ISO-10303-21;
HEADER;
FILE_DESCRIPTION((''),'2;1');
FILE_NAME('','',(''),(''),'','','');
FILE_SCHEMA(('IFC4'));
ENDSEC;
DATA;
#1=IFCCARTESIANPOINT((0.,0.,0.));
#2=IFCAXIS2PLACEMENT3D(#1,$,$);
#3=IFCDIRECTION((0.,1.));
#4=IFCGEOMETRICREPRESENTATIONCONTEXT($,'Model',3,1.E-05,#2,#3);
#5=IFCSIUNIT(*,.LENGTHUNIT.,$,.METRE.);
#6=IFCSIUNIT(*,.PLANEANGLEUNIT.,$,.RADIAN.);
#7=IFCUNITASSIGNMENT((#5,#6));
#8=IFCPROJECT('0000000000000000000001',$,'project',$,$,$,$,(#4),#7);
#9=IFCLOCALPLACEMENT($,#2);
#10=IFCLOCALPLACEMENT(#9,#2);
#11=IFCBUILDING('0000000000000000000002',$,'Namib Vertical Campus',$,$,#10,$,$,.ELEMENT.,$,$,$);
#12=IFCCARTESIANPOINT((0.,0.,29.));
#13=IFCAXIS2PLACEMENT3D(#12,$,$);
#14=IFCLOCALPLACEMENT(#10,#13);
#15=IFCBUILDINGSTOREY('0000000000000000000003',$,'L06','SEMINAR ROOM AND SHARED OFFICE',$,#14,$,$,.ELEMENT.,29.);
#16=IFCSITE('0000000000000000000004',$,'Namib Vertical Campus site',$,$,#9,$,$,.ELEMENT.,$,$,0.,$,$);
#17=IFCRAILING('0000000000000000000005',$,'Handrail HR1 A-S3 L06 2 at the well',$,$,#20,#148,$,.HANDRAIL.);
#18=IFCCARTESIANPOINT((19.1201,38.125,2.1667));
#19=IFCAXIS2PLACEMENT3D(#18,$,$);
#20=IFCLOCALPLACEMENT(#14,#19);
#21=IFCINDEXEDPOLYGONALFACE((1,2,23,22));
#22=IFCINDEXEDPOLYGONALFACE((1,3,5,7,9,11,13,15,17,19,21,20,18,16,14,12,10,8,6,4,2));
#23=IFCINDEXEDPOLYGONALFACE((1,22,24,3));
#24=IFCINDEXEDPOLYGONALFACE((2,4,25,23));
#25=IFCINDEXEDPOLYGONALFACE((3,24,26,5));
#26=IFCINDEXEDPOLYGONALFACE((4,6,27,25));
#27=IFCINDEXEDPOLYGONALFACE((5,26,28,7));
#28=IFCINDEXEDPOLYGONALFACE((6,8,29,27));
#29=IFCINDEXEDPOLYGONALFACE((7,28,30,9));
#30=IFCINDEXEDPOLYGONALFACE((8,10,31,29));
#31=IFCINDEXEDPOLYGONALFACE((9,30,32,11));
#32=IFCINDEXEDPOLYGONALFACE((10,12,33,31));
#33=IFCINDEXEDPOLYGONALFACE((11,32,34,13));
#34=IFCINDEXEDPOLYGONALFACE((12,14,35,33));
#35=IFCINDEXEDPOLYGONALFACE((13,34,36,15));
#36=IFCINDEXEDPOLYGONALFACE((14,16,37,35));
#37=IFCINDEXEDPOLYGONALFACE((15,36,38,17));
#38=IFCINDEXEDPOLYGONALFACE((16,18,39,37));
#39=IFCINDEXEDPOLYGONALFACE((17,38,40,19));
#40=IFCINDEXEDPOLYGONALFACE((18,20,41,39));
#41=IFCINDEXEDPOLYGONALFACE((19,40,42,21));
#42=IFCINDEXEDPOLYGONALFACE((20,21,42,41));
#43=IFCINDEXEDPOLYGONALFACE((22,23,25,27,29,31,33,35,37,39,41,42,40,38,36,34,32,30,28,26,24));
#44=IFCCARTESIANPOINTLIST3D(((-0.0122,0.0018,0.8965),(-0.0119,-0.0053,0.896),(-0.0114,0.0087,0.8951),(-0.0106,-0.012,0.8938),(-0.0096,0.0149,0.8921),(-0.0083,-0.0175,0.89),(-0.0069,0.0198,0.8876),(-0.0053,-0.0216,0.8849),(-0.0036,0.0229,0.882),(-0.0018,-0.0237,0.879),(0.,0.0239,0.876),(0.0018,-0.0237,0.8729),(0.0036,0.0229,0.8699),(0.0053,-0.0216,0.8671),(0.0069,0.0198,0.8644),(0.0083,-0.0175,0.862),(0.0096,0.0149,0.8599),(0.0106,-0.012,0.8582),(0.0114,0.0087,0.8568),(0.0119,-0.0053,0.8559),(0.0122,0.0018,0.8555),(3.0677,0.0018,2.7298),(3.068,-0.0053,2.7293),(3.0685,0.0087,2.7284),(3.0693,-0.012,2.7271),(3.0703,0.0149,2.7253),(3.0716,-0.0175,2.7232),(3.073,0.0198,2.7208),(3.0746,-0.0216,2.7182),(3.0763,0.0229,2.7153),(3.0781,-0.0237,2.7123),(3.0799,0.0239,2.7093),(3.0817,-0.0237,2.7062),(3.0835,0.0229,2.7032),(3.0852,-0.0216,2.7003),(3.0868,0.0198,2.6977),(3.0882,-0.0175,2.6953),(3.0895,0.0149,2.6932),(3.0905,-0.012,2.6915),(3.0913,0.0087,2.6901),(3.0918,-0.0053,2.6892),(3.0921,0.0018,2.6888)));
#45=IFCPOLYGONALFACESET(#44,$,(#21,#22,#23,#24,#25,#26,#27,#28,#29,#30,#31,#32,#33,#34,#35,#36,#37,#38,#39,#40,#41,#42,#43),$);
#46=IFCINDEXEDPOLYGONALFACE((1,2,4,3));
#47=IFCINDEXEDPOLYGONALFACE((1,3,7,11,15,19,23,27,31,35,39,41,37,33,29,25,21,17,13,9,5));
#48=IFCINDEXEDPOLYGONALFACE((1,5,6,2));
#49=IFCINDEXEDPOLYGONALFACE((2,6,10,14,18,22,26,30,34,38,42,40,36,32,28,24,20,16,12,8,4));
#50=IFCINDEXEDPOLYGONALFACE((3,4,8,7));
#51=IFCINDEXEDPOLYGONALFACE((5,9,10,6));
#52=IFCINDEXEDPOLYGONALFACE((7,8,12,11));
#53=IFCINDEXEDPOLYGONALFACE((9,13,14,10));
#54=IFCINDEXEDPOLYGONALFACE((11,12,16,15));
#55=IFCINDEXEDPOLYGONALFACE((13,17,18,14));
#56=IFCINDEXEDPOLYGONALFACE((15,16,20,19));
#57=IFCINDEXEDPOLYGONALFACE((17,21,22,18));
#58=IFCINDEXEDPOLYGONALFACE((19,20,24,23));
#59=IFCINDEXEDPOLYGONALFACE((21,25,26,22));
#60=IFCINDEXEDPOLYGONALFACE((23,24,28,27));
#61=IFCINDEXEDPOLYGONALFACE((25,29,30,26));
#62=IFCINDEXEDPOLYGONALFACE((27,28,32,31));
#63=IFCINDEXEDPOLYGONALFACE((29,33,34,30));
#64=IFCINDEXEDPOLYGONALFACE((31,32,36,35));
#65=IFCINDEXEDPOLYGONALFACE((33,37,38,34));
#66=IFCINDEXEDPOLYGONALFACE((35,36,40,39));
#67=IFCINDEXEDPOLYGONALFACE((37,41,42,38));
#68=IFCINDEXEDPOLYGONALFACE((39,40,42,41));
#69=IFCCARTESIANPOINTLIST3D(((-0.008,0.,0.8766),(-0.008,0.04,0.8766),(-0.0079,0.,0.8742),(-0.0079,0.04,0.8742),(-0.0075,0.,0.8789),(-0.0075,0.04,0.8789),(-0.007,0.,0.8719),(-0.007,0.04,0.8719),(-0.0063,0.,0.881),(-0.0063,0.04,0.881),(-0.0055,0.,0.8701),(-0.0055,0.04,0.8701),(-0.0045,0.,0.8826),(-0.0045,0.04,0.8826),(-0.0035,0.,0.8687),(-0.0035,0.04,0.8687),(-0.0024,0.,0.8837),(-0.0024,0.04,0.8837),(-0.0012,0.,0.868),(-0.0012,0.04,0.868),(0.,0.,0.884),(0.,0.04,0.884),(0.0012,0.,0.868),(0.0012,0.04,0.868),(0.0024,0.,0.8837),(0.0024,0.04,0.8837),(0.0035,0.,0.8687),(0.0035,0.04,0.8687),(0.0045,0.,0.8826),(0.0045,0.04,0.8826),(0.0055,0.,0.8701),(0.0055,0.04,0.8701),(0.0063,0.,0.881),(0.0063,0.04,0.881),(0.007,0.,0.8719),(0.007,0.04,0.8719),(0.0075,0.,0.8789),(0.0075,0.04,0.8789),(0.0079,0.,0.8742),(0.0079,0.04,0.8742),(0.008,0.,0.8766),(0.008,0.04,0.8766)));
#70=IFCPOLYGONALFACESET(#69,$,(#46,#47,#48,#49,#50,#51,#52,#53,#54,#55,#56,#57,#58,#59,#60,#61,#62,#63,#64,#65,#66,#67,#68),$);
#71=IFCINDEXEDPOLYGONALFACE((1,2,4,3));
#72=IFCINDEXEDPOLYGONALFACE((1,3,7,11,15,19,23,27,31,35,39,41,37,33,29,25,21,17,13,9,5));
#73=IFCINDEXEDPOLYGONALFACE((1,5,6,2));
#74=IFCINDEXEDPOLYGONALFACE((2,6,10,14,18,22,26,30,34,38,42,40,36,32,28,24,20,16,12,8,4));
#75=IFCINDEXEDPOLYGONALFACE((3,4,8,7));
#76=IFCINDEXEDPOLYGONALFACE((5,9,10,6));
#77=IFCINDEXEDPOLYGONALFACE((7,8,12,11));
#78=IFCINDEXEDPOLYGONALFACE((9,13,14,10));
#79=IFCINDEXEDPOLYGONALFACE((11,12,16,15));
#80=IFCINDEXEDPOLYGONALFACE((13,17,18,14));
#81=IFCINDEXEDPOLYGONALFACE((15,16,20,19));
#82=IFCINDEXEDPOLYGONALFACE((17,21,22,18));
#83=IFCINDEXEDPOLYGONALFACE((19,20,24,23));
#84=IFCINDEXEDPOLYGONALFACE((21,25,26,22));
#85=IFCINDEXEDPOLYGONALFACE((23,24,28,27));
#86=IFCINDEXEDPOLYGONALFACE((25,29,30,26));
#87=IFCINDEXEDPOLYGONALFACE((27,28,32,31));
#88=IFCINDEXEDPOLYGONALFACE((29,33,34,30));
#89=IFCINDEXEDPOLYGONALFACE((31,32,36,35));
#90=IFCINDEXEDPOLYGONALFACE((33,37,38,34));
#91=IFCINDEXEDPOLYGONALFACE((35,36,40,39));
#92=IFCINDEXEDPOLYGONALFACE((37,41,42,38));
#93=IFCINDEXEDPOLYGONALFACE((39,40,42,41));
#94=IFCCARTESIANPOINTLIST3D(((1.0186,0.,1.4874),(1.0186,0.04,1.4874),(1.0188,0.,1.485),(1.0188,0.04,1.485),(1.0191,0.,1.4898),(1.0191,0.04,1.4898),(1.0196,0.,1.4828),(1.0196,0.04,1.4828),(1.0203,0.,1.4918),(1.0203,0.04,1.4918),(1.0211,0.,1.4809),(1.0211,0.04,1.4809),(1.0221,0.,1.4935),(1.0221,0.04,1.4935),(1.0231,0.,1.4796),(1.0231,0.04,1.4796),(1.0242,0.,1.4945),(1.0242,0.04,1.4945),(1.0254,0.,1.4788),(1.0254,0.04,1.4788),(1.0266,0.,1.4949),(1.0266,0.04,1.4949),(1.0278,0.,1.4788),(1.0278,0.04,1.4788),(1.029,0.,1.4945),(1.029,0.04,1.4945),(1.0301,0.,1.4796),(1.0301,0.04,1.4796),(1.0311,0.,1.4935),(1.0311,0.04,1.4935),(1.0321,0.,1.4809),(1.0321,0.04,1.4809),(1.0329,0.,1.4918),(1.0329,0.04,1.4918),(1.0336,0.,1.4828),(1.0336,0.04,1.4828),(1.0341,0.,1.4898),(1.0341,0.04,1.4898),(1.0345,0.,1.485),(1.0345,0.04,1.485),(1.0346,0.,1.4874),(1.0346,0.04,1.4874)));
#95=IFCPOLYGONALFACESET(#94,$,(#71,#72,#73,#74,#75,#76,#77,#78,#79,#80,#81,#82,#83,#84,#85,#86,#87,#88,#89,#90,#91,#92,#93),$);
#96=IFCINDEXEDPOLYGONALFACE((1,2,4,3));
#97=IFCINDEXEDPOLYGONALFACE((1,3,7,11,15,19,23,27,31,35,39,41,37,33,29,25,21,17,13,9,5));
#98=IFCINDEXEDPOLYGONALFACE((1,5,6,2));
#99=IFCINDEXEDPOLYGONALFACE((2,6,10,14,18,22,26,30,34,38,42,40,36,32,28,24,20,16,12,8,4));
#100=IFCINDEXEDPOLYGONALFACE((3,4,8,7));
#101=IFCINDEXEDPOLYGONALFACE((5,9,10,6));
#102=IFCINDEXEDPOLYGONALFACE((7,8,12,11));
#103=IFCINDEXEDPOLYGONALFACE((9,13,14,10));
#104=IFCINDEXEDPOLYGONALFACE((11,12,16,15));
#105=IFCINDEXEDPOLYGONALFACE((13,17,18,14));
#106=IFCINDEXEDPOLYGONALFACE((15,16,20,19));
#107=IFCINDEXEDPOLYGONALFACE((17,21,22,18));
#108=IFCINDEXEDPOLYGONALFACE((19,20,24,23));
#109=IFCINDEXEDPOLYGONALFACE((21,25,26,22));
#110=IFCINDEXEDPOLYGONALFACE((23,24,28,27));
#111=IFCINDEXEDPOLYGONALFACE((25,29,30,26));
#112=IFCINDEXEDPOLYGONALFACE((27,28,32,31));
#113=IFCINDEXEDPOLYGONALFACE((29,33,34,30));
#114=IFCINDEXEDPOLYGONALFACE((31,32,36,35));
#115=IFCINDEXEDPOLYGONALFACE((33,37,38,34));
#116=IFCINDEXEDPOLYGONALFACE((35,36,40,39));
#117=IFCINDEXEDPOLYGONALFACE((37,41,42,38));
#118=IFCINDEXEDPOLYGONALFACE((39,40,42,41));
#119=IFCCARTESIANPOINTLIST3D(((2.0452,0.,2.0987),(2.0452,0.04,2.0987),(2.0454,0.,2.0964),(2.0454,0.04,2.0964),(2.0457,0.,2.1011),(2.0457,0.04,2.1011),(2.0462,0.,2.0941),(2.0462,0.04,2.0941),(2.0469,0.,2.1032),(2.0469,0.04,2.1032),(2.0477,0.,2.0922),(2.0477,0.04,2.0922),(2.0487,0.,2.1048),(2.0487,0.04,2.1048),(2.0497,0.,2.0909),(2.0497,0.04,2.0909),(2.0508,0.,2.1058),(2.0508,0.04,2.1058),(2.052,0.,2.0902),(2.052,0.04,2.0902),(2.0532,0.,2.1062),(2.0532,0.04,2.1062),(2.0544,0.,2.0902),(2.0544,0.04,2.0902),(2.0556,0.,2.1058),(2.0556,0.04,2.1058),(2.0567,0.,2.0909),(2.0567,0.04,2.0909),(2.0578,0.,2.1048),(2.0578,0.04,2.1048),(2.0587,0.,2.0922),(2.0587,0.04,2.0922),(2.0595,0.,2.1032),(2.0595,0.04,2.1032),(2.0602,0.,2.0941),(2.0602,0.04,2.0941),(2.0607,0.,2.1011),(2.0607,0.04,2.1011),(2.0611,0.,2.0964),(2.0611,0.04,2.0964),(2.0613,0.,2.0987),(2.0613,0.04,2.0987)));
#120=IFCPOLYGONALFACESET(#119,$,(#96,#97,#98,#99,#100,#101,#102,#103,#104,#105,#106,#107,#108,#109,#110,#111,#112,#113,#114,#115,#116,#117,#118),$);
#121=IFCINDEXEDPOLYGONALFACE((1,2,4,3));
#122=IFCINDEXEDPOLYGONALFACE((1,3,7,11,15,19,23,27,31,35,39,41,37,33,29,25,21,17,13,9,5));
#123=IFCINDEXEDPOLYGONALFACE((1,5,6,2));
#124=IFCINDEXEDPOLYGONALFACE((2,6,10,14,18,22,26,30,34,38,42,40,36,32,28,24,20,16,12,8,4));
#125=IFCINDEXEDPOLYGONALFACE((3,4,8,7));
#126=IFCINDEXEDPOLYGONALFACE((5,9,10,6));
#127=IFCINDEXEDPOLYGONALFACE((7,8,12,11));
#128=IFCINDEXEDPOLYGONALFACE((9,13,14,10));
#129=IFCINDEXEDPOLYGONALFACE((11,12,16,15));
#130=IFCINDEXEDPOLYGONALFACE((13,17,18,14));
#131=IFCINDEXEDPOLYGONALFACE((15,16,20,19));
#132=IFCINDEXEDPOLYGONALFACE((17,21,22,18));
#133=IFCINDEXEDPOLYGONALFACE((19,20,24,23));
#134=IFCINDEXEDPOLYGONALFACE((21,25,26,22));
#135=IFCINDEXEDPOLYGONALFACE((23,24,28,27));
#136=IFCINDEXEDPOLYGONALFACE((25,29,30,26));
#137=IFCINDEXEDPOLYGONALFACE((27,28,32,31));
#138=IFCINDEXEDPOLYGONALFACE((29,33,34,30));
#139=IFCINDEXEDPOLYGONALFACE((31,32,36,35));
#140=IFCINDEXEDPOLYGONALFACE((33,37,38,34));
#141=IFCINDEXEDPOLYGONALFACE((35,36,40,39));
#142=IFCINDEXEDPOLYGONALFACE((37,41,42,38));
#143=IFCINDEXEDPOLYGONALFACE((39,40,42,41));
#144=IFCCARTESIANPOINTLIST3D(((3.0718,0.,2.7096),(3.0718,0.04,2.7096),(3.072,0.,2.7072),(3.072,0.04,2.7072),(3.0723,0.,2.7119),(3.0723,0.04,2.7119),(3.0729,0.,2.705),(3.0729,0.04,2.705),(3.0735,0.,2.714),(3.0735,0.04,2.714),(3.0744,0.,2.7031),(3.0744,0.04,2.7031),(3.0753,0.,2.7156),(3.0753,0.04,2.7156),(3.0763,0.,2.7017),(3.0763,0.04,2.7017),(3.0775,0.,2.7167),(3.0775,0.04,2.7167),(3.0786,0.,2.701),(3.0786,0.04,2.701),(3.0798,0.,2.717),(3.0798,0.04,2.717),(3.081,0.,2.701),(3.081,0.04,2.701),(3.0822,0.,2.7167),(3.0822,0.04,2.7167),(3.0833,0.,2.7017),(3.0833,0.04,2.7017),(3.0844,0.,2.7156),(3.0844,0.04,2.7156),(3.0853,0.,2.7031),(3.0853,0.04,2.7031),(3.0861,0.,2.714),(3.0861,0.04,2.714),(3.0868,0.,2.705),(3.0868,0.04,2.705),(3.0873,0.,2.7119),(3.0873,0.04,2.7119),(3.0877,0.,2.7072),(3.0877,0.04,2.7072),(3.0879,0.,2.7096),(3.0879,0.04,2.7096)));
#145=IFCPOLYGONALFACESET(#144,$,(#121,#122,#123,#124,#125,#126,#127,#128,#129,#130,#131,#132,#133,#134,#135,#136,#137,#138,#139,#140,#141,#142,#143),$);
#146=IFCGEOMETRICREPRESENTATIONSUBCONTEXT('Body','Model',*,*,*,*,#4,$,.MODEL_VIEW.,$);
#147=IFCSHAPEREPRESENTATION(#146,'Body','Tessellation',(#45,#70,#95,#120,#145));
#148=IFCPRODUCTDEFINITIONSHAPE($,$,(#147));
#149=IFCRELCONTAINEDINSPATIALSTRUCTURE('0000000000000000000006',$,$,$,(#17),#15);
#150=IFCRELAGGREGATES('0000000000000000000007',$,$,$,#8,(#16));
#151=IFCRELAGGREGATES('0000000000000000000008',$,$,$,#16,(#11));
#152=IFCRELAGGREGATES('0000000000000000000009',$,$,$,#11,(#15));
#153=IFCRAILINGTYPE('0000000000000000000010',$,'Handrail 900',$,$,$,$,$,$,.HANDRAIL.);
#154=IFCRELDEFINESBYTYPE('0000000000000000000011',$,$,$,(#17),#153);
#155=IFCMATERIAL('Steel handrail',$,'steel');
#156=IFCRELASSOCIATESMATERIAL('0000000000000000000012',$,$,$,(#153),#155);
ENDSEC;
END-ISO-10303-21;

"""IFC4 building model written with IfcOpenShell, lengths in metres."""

from ifc_helpers import new_model, si_unit, direction, frame, origin, origin_2d, place, context, subcontext, project, spatial, circle, extrude, material, type_object, element, save


model = new_model("IFC4")

# Units and contexts
model_context = context("Model", 3, precision=1e-05, world=origin(), true_north=direction((0.0, 1.0)))
body_context = subcontext(model_context, "Body", "Model", "MODEL_VIEW")
ifc_project = project(units=[si_unit("LENGTHUNIT", "METRE"), si_unit("PLANEANGLEUNIT", "RADIAN")], contexts=[model_context])

# Site, building, storey
site_placement = place(None, origin())
site = spatial("IfcSite", under=ifc_project, at=site_placement, Name="Namib Vertical Campus site", CompositionType="ELEMENT", RefElevation=0.0)
building_placement = place(site_placement, origin())
building = spatial("IfcBuilding", under=site, at=building_placement, Name="Namib Vertical Campus", CompositionType="ELEMENT")
storey_placement = place(building_placement, frame((0.0, 0.0, 29.0)))
storey = spatial("IfcBuildingStorey", under=building, at=storey_placement, Name="L06", Description="SEMINAR ROOM AND SHARED OFFICE", CompositionType="ELEMENT", Elevation=29.0)

# Railing
ifc_material_1 = material(Name="Steel handrail", Category="steel")
railing_type = type_object("IfcRailingType", Name="Handrail 900", PredefinedType="HANDRAIL", material=ifc_material_1)
railing_1_placement = place(storey_placement, frame((19.1201, 38.125, 2.1667)))
element("IfcRailing", 1, at=railing_1_placement, inside=storey, type_object=railing_type, Name="Handrail HR1 A-S3 L06 2 at the well", PredefinedType="HANDRAIL", context=body_context, shape_type="SweptSolid", body=[
    extrude(circle(Radius=0.0239, at=origin_2d()), frame((0.0, 0.0, 0.876), z_axis=(0.859291, 0.0, 0.511487), x_axis=(0.0, 1.0, 0.0)), (0.0, 0.0, 1.0), 3.5842),
    extrude(circle(Radius=0.0081, at=origin_2d()), frame((0.0, 0.0, 0.876), z_axis=(0.0, 1.0, 0.0), x_axis=(0.0, 0.0, 1.0)), (0.0, 0.0, 1.0), 0.04),
    extrude(circle(Radius=0.0081, at=origin_2d()), frame((1.0266, 0.0, 1.4868), z_axis=(0.0, 1.0, 0.0), x_axis=(0.0, 0.0, 1.0)), (0.0, 0.0, 1.0), 0.04),
    extrude(circle(Radius=0.0081, at=origin_2d()), frame((2.0532, 0.0, 2.0981), z_axis=(0.0, 1.0, 0.0), x_axis=(0.0, 0.0, 1.0)), (0.0, 0.0, 1.0), 0.04),
    extrude(circle(Radius=0.0081, at=origin_2d()), frame((3.0798, 0.0, 2.709), z_axis=(0.0, 1.0, 0.0), x_axis=(0.0, 0.0, 1.0)), (0.0, 0.0, 1.0), 0.04),
])

save(model, "model.ifc")
